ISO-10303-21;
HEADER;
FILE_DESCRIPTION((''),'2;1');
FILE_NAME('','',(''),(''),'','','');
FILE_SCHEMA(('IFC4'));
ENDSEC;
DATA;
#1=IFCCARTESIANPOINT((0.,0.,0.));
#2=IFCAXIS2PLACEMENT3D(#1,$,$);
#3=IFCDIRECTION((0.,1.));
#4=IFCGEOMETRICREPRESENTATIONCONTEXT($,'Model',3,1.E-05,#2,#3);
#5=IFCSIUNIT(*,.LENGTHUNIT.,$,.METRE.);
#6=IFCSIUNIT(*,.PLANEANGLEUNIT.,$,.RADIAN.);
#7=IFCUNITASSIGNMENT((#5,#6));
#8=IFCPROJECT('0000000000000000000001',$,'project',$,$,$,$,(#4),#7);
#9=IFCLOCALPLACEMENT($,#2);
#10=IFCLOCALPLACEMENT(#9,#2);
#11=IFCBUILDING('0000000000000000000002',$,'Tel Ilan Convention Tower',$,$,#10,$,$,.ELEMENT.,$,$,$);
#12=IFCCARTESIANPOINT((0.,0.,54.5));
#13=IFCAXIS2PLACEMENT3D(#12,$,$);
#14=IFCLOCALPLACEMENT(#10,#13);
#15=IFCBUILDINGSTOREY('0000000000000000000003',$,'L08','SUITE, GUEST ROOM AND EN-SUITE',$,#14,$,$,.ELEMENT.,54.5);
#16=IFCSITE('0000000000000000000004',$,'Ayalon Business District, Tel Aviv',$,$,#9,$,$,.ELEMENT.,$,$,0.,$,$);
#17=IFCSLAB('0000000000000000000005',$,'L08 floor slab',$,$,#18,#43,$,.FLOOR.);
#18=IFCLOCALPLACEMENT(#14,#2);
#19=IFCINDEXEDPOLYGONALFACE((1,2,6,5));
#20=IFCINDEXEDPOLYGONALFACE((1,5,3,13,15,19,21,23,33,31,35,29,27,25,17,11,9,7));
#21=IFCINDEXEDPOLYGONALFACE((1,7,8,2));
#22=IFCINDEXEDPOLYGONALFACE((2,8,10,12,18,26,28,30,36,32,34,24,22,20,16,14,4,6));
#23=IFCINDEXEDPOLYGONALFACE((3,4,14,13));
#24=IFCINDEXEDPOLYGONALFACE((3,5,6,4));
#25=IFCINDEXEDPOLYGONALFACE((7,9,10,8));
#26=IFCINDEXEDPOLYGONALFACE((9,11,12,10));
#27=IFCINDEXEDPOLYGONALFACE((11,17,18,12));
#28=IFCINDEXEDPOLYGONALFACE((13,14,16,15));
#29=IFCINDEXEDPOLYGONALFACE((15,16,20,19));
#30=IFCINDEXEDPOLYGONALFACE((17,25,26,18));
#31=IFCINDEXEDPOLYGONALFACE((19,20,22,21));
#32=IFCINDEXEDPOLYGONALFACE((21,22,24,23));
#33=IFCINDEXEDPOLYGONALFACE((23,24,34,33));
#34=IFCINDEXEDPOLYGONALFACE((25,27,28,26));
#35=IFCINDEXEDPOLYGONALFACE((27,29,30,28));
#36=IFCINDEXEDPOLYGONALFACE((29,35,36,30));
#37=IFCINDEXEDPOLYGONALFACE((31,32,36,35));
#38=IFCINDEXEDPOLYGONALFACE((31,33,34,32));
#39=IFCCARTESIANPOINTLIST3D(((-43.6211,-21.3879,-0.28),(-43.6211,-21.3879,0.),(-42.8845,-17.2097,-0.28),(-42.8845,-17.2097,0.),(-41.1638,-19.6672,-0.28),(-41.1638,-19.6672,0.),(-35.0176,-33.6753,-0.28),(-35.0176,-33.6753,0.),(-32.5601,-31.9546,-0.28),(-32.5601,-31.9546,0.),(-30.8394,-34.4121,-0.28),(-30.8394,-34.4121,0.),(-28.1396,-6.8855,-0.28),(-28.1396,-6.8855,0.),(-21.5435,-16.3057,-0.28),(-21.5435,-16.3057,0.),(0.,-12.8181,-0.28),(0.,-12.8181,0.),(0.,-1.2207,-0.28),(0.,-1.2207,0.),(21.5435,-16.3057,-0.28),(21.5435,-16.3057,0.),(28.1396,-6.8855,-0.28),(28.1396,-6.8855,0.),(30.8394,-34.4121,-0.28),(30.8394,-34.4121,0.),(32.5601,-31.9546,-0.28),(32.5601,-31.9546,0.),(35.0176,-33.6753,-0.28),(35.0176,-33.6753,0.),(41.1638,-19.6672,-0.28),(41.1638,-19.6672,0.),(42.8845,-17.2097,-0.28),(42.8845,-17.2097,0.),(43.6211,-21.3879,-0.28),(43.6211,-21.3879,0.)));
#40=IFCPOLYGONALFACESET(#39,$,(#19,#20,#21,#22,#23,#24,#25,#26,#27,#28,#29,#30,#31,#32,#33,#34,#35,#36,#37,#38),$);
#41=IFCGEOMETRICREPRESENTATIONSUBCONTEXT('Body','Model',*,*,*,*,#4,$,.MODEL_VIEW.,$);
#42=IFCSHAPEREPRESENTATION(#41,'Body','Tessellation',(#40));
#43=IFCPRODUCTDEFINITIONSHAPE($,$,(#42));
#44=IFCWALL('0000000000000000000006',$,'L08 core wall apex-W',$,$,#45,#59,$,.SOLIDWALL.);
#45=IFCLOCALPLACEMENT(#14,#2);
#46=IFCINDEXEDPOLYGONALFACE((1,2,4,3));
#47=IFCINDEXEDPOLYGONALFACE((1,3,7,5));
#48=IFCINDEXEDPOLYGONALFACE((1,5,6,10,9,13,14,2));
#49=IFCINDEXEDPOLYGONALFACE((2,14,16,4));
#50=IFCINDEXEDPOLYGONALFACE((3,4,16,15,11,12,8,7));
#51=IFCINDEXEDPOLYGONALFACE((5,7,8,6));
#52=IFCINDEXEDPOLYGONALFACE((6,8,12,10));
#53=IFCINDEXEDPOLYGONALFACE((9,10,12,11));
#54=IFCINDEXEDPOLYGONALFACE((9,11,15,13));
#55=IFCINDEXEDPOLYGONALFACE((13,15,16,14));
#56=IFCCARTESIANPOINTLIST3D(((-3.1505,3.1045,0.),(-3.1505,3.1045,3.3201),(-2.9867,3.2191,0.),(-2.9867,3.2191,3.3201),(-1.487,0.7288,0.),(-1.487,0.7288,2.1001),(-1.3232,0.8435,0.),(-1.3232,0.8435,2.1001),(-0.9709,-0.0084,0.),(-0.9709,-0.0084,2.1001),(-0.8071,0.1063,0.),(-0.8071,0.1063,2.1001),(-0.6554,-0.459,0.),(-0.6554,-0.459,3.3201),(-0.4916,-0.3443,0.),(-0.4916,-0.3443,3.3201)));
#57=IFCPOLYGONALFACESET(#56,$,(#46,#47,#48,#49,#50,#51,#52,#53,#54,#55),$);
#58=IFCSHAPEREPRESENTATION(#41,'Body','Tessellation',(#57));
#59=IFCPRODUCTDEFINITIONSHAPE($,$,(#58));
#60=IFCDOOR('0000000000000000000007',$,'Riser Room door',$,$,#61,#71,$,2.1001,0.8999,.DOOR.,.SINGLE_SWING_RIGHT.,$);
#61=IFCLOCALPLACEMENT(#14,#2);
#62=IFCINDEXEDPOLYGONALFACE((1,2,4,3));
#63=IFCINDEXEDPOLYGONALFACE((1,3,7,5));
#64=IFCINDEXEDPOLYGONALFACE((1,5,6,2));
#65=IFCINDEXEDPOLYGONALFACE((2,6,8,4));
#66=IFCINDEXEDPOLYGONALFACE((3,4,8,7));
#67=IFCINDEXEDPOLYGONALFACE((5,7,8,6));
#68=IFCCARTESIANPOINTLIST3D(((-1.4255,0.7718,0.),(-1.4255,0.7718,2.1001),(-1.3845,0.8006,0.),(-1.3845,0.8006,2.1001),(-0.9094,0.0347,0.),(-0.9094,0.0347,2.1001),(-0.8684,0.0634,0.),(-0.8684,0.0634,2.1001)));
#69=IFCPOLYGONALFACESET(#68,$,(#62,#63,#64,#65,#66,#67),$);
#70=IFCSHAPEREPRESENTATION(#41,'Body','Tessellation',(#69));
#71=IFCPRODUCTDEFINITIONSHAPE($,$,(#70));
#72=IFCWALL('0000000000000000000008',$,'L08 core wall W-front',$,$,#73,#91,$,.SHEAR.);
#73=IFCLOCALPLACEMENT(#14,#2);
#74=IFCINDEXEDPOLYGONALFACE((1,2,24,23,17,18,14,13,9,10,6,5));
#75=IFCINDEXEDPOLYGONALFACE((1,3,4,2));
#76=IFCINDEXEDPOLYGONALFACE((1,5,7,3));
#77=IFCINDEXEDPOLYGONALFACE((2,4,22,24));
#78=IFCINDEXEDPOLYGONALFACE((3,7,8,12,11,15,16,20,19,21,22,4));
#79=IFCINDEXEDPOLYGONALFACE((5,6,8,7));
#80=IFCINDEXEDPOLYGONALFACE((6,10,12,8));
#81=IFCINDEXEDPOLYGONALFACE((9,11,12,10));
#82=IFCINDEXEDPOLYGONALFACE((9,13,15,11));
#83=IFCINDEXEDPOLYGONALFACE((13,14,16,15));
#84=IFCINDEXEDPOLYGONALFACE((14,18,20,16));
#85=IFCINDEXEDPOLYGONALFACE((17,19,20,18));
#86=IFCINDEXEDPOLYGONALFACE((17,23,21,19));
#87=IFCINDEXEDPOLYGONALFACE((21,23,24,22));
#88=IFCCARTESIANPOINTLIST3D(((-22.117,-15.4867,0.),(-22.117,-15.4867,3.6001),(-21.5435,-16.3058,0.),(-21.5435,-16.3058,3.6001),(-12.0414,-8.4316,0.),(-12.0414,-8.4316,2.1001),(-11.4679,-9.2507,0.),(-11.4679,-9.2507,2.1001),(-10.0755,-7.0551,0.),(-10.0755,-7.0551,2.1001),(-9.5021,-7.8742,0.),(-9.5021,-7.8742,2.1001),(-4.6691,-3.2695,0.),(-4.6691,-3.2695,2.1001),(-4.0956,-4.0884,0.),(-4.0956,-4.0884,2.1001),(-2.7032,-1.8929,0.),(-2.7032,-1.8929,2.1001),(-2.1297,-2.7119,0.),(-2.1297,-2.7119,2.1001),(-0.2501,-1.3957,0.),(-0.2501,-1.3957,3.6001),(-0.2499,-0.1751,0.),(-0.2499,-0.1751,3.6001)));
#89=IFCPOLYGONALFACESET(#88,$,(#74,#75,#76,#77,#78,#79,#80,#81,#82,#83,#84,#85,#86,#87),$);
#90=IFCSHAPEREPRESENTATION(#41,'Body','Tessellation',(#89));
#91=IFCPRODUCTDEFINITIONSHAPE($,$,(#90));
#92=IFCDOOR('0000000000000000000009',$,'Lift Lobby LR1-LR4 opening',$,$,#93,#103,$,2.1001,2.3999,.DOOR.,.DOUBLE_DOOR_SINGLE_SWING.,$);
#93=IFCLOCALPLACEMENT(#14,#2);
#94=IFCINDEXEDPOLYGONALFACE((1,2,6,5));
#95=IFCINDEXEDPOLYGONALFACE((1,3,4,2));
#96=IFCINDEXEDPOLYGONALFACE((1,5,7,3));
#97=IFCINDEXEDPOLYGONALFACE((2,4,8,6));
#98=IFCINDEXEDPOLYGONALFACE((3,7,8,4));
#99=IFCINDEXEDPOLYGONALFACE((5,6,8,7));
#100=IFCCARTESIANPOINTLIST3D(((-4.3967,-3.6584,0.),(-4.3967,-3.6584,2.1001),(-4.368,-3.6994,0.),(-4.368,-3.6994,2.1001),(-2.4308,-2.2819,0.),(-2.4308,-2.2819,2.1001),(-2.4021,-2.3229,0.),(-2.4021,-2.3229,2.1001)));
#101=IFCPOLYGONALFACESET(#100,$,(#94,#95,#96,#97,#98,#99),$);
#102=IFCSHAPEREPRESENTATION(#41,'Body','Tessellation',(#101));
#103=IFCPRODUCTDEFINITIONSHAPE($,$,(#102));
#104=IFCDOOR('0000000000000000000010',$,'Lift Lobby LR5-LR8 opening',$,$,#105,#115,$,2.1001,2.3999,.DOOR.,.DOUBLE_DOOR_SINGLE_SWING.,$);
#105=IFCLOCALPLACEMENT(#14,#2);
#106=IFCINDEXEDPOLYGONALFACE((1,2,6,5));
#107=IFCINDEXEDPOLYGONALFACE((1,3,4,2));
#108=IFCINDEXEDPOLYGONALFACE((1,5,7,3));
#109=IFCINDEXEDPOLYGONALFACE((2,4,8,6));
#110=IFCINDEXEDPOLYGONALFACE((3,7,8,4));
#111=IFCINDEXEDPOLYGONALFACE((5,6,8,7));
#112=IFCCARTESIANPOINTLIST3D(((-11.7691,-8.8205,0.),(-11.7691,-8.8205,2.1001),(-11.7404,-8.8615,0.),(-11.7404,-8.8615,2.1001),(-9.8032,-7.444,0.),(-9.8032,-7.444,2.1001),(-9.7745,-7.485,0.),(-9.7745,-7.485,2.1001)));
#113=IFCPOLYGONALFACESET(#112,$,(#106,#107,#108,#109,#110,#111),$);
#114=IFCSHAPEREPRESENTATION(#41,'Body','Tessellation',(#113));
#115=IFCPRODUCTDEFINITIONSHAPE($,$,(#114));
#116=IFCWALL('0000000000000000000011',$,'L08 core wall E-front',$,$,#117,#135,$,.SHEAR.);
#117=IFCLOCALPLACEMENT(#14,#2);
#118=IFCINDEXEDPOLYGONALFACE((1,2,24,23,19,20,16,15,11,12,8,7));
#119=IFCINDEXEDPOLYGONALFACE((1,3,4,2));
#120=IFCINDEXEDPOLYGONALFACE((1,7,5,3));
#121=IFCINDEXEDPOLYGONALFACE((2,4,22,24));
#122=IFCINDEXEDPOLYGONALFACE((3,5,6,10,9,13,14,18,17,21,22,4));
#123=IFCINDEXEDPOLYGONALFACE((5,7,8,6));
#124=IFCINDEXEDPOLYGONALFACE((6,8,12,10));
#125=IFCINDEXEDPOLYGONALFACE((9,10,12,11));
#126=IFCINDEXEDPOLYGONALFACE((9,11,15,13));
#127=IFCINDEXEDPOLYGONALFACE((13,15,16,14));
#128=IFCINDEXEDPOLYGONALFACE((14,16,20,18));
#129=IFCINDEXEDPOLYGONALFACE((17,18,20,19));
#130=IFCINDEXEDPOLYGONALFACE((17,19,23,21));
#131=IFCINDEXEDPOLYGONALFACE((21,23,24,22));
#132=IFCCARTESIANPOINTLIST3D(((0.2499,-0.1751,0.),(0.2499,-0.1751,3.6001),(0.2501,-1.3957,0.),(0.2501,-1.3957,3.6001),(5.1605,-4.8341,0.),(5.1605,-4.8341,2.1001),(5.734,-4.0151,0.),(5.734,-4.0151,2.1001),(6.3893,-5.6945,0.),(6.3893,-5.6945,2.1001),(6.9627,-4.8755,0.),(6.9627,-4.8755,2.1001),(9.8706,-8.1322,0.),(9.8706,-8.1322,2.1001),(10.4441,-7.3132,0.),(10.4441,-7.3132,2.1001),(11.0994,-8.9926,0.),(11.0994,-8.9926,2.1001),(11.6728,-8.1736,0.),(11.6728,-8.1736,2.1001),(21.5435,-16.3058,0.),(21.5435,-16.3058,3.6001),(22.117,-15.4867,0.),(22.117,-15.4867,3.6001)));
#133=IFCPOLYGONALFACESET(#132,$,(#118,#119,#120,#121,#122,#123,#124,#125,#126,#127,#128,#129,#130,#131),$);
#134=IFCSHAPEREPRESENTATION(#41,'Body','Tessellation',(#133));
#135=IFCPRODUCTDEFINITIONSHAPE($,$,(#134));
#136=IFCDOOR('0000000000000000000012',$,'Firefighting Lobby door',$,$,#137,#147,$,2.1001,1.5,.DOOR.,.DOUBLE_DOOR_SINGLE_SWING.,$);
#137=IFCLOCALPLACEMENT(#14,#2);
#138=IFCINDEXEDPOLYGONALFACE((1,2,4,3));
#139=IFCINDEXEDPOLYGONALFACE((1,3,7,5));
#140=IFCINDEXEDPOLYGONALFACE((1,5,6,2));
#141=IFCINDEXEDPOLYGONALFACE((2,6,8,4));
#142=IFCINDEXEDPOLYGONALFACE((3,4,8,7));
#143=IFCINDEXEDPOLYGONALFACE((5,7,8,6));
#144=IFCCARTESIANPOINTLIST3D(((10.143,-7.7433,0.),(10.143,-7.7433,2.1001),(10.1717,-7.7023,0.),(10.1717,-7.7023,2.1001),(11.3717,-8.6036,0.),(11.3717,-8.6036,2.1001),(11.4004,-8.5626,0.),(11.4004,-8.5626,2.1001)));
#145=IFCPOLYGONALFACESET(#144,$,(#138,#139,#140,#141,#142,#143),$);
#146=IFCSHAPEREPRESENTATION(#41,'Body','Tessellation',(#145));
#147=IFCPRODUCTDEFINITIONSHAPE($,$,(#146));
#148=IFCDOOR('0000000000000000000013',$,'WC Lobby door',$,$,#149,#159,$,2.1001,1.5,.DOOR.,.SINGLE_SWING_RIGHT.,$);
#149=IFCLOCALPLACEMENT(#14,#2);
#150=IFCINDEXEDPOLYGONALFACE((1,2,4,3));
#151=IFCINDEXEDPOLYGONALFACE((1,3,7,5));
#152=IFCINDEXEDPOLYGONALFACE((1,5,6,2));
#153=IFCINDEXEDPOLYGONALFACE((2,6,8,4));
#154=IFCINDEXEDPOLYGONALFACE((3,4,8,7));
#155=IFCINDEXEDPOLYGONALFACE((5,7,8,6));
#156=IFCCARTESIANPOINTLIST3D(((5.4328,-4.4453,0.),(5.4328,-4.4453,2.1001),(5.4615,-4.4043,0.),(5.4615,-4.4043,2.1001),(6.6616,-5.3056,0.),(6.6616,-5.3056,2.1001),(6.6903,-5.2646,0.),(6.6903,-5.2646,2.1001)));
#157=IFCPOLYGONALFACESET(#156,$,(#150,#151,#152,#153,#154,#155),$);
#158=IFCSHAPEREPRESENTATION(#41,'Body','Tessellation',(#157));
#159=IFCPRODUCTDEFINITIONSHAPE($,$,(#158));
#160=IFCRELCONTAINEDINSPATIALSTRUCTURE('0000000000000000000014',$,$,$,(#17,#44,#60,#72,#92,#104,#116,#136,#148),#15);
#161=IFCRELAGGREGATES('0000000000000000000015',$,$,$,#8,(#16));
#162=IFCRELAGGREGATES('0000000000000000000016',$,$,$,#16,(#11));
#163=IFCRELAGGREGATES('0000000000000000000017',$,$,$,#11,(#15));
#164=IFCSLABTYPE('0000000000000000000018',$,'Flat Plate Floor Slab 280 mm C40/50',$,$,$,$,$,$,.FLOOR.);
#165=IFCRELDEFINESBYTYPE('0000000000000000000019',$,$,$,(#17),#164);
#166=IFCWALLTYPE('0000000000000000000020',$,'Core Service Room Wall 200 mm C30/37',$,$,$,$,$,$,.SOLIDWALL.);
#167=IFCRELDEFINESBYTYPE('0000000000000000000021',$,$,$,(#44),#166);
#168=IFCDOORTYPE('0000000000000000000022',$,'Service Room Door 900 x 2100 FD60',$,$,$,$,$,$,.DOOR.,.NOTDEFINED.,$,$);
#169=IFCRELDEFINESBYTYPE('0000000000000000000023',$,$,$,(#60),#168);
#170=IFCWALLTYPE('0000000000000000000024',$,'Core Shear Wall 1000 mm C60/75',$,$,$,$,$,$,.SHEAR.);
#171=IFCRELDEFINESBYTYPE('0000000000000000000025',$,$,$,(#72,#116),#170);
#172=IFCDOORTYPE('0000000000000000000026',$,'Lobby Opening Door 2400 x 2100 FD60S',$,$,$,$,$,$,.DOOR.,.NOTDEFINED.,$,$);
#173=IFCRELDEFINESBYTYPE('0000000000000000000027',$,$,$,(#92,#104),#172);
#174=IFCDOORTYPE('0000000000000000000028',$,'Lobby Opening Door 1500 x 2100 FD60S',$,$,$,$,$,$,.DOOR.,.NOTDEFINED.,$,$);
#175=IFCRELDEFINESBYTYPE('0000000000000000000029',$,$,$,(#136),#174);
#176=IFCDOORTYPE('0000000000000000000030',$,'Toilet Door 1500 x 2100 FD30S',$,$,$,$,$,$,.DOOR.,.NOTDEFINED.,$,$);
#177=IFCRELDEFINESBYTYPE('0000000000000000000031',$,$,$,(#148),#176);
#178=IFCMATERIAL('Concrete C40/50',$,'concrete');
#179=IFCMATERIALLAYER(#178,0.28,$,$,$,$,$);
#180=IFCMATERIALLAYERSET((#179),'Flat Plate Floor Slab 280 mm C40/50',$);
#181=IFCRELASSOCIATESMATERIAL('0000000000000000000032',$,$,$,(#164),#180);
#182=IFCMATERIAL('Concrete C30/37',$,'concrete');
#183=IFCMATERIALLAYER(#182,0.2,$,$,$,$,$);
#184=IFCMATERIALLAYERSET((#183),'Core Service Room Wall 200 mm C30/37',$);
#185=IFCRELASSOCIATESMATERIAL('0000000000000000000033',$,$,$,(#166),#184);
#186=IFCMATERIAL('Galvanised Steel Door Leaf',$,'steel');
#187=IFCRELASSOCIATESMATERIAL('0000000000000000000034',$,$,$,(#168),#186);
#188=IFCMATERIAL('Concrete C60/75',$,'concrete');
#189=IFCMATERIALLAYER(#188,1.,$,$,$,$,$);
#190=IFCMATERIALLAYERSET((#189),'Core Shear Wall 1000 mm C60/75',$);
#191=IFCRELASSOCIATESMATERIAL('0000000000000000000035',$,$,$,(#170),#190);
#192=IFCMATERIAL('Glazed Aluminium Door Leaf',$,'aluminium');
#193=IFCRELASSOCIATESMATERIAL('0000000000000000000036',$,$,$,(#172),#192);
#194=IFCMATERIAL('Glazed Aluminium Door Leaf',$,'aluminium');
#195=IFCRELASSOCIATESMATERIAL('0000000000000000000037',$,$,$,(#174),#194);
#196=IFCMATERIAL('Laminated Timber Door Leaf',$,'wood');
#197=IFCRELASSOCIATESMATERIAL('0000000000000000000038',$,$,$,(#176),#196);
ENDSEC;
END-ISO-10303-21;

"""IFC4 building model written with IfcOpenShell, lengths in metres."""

from ifc_helpers import new_model, si_unit, direction, frame, frame_2d, origin, place, context, subcontext, project, spatial, polyline, rectangle, outline, extrude, material, layer, layer_set, type_object, element, fill, save


model = new_model("IFC4")

# Units and contexts
model_context = context("Model", 3, precision=1e-05, world=origin(), true_north=direction((0.0, 1.0)))
body_context = subcontext(model_context, "Body", "Model", "MODEL_VIEW")
ifc_project = project(units=[si_unit("LENGTHUNIT", "METRE"), si_unit("PLANEANGLEUNIT", "RADIAN")], contexts=[model_context])

# Site, building, storey
site_placement = place(None, origin())
site = spatial("IfcSite", under=ifc_project, at=site_placement, Name="Ayalon Business District, Tel Aviv", CompositionType="ELEMENT", RefElevation=0.0)
building_placement = place(site_placement, origin())
building = spatial("IfcBuilding", under=site, at=building_placement, Name="Tel Ilan Convention Tower", CompositionType="ELEMENT")
storey_placement = place(building_placement, frame((0.0, 0.0, 54.5)))
storey = spatial("IfcBuildingStorey", under=building, at=storey_placement, Name="L08", Description="SUITE, GUEST ROOM AND EN-SUITE", CompositionType="ELEMENT", Elevation=54.5)

# Slab
ifc_material_1 = material(Name="Concrete C40/50", Category="concrete")
ifc_layer_1 = layer(ifc_material_1, 0.28)
ifc_layer_set_1 = layer_set([ifc_layer_1], Name="Flat Plate Floor Slab 280 mm C40/50")
slab_type = type_object("IfcSlabType", Name="Flat Plate Floor Slab 280 mm C40/50", PredefinedType="FLOOR", material=ifc_layer_set_1)
slab_placement = place(storey_placement, frame((0.0, 0.0, -0.28)))
element("IfcSlab", 1, at=slab_placement, inside=storey, type_object=slab_type, Name="L08 floor slab", PredefinedType="FLOOR", context=body_context, shape_type="SweptSolid", body=[
    extrude(outline(polyline([(-21.5435, -16.3057), (0.0, -1.2207), (21.5435, -16.3057), (28.1396, -6.8855), (42.8845, -17.2097), (41.1638, -19.6672), (43.6211, -21.3879), (35.0176, -33.6753), (32.5601, -31.9546), (30.8394, -34.4121), (0.0, -12.8181), (-30.8394, -34.4121), (-32.5601, -31.9546), (-35.0176, -33.6753), (-43.6211, -21.3879), (-41.1638, -19.6672), (-42.8845, -17.2097), (-28.1396, -6.8855), (-21.5435, -16.3057)])), origin(), (0.0, 0.0, 1.0), 0.28),
])

# Wall, opening, door
ifc_material_2 = material(Name="Concrete C30/37", Category="concrete")
ifc_layer_2 = layer(ifc_material_2, 0.2)
ifc_layer_set_2 = layer_set([ifc_layer_2], Name="Core Service Room Wall 200 mm C30/37")
wall_type_1 = type_object("IfcWallType", Name="Core Service Room Wall 200 mm C30/37", PredefinedType="SOLIDWALL", material=ifc_layer_set_2)
wall_1_placement = place(storey_placement, frame((-0.5735, -0.4016, 0.0), z_axis=(0.0, 0.0, 1.0), x_axis=(-0.573568, 0.819158, 0.0)))
wall_1 = element("IfcWall", 2, at=wall_1_placement, inside=storey, type_object=wall_type_1, Name="L08 core wall apex-W", PredefinedType="SOLIDWALL", context=body_context, shape_type="SweptSolid", body=[
    extrude(rectangle(XDim=4.3501, YDim=0.2, at=frame_2d((2.175, 0.0))), origin(), (0.0, 0.0, 1.0), 3.3201),
])
opening_1_placement = place(wall_1_placement, frame((0.55, 0.0, 0.0)))
opening_1 = element("IfcOpeningElement", 3, at=opening_1_placement, cuts=wall_1, PredefinedType="OPENING", context=body_context, shape_type="SweptSolid", body=[
    extrude(rectangle(XDim=0.8999, YDim=2.1001, at=frame_2d((0.45, 1.05))), frame((0.0, 0.1099, 0.0), z_axis=(0.0, -1.0, 0.0), x_axis=(1.0, 0.0, 0.0)), (0.0, 0.0, 1.0), 0.22),
])
ifc_material_3 = material(Name="Galvanised Steel Door Leaf", Category="steel")
door_type_1 = type_object("IfcDoorType", Name="Service Room Door 900 x 2100 FD60", OperationType="NOTDEFINED", PredefinedType="DOOR", material=ifc_material_3)
door_1_placement = place(opening_1_placement, origin())
door_1 = element("IfcDoor", 4, at=door_1_placement, inside=storey, type_object=door_type_1, Name="Riser Room door", OperationType="SINGLE_SWING_RIGHT", OverallHeight=2.1001, OverallWidth=0.8999, PredefinedType="DOOR", context=body_context, shape_type="SweptSolid", body=[
    extrude(rectangle(XDim=0.8999, YDim=2.1001, at=frame_2d((0.45, 1.05))), frame((0.0, 0.0249, 0.0), z_axis=(0.0, -1.0, 0.0), x_axis=(1.0, 0.0, 0.0)), (0.0, 0.0, 1.0), 0.05),
])
fill(opening_1, door_1)

# Walls, openings, doors
ifc_material_4 = material(Name="Concrete C60/75", Category="concrete")
ifc_layer_3 = layer(ifc_material_4, 1.0)
ifc_layer_set_3 = layer_set([ifc_layer_3], Name="Core Shear Wall 1000 mm C60/75")
wall_type_2 = type_object("IfcWallType", Name="Core Shear Wall 1000 mm C60/75", PredefinedType="SHEAR", material=ifc_layer_set_3)
wall_2_placement = place(storey_placement, frame((0.0369, -0.5847, 0.0), z_axis=(0.0, 0.0, 1.0), x_axis=(-0.819157, -0.573569, 0.0)))
wall_2 = element("IfcWall", 5, at=wall_2_placement, inside=storey, type_object=wall_type_2, Name="L08 core wall W-front", PredefinedType="SHEAR", context=body_context, shape_type="SweptSolid", body=[
    extrude(outline(polyline([(26.6948, 0.5002), (0.7002, 0.4998), (0.0, -0.5), (26.6948, -0.4998), (26.6948, 0.5002)])), origin(), (0.0, 0.0, 1.0), 3.6001),
])
opening_2_placement = place(wall_2_placement, frame((2.9949, 0.0, 0.0)))
opening_2 = element("IfcOpeningElement", 6, at=opening_2_placement, cuts=wall_2, PredefinedType="OPENING", context=body_context, shape_type="SweptSolid", body=[
    extrude(rectangle(XDim=2.3999, YDim=2.1001, at=frame_2d((1.2, 1.05))), frame((0.0, 0.51, 0.0), z_axis=(0.0, -1.0, 0.0), x_axis=(1.0, 0.0, 0.0)), (0.0, 0.0, 1.0), 1.02),
])
opening_3_placement = place(wall_2_placement, frame((11.9949, 0.0, 0.0)))
opening_3 = element("IfcOpeningElement", 7, at=opening_3_placement, cuts=wall_2, PredefinedType="OPENING", context=body_context, shape_type="SweptSolid", body=[
    extrude(rectangle(XDim=2.3999, YDim=2.1001, at=frame_2d((1.2, 1.05))), frame((0.0, 0.51, 0.0), z_axis=(0.0, -1.0, 0.0), x_axis=(1.0, 0.0, 0.0)), (0.0, 0.0, 1.0), 1.02),
])
ifc_material_5 = material(Name="Glazed Aluminium Door Leaf", Category="aluminium")
door_type_2 = type_object("IfcDoorType", Name="Lobby Opening Door 2400 x 2100 FD60S", OperationType="NOTDEFINED", PredefinedType="DOOR", material=ifc_material_5)
door_2_placement = place(opening_2_placement, origin())
door_2 = element("IfcDoor", 8, at=door_2_placement, inside=storey, type_object=door_type_2, Name="Lift Lobby LR1-LR4 opening", OperationType="DOUBLE_DOOR_SINGLE_SWING", OverallHeight=2.1001, OverallWidth=2.3999, PredefinedType="DOOR", context=body_context, shape_type="SweptSolid", body=[
    extrude(rectangle(XDim=2.3999, YDim=2.1001, at=frame_2d((1.2, 1.05))), frame((0.0, 0.0249, 0.0), z_axis=(0.0, -1.0, 0.0), x_axis=(1.0, 0.0, 0.0)), (0.0, 0.0, 1.0), 0.05),
])
fill(opening_2, door_2)
door_3_placement = place(opening_3_placement, origin())
door_3 = element("IfcDoor", 9, at=door_3_placement, inside=storey, type_object=door_type_2, Name="Lift Lobby LR5-LR8 opening", OperationType="DOUBLE_DOOR_SINGLE_SWING", OverallHeight=2.1001, OverallWidth=2.3999, PredefinedType="DOOR", context=body_context, shape_type="SweptSolid", body=[
    extrude(rectangle(XDim=2.3999, YDim=2.1001, at=frame_2d((1.2, 1.05))), frame((0.0, 0.0249, 0.0), z_axis=(0.0, -1.0, 0.0), x_axis=(1.0, 0.0, 0.0)), (0.0, 0.0, 1.0), 0.05),
])
fill(opening_3, door_3)
wall_3_placement = place(storey_placement, frame((-0.0369, -0.5847, 0.0), z_axis=(0.0, 0.0, 1.0), x_axis=(0.819157, -0.573569, 0.0)))
wall_3 = element("IfcWall", 10, at=wall_3_placement, inside=storey, type_object=wall_type_2, Name="L08 core wall E-front", PredefinedType="SHEAR", context=body_context, shape_type="SweptSolid", body=[
    extrude(outline(polyline([(26.6948, 0.4998), (0.0, 0.5), (0.7002, -0.4998), (26.6948, -0.5002), (26.6948, 0.4998)])), origin(), (0.0, 0.0, 1.0), 3.6001),
])
opening_4_placement = place(wall_3_placement, frame((6.6948, 0.0, 0.0)))
opening_4 = element("IfcOpeningElement", 11, at=opening_4_placement, cuts=wall_3, PredefinedType="OPENING", context=body_context, shape_type="SweptSolid", body=[
    extrude(rectangle(XDim=1.5, YDim=2.1001, at=frame_2d((0.75, 1.05))), frame((0.0, 0.51, 0.0), z_axis=(0.0, -1.0, 0.0), x_axis=(1.0, 0.0, 0.0)), (0.0, 0.0, 1.0), 1.02),
])
opening_5_placement = place(wall_3_placement, frame((12.4448, 0.0, 0.0)))
opening_5 = element("IfcOpeningElement", 12, at=opening_5_placement, cuts=wall_3, PredefinedType="OPENING", context=body_context, shape_type="SweptSolid", body=[
    extrude(rectangle(XDim=1.5, YDim=2.1001, at=frame_2d((0.75, 1.05))), frame((0.0, 0.51, 0.0), z_axis=(0.0, -1.0, 0.0), x_axis=(1.0, 0.0, 0.0)), (0.0, 0.0, 1.0), 1.02),
])
ifc_material_6 = material(Name="Glazed Aluminium Door Leaf", Category="aluminium")
door_type_3 = type_object("IfcDoorType", Name="Lobby Opening Door 1500 x 2100 FD60S", OperationType="NOTDEFINED", PredefinedType="DOOR", material=ifc_material_6)
door_4_placement = place(opening_5_placement, origin())
door_4 = element("IfcDoor", 13, at=door_4_placement, inside=storey, type_object=door_type_3, Name="Firefighting Lobby door", OperationType="DOUBLE_DOOR_SINGLE_SWING", OverallHeight=2.1001, OverallWidth=1.5, PredefinedType="DOOR", context=body_context, shape_type="SweptSolid", body=[
    extrude(rectangle(XDim=1.5, YDim=2.1001, at=frame_2d((0.75, 1.05))), frame((0.0, 0.0249, 0.0), z_axis=(0.0, -1.0, 0.0), x_axis=(1.0, 0.0, 0.0)), (0.0, 0.0, 1.0), 0.05),
])
fill(opening_5, door_4)
ifc_material_7 = material(Name="Laminated Timber Door Leaf", Category="wood")
door_type_4 = type_object("IfcDoorType", Name="Toilet Door 1500 x 2100 FD30S", OperationType="NOTDEFINED", PredefinedType="DOOR", material=ifc_material_7)
door_5_placement = place(opening_4_placement, origin())
door_5 = element("IfcDoor", 14, at=door_5_placement, inside=storey, type_object=door_type_4, Name="WC Lobby door", OperationType="SINGLE_SWING_RIGHT", OverallHeight=2.1001, OverallWidth=1.5, PredefinedType="DOOR", context=body_context, shape_type="SweptSolid", body=[
    extrude(rectangle(XDim=1.5, YDim=2.1001, at=frame_2d((0.75, 1.05))), frame((0.0, 0.0249, 0.0), z_axis=(0.0, -1.0, 0.0), x_axis=(1.0, 0.0, 0.0)), (0.0, 0.0, 1.0), 0.05),
])
fill(opening_4, door_5)

save(model, "model.ifc")
